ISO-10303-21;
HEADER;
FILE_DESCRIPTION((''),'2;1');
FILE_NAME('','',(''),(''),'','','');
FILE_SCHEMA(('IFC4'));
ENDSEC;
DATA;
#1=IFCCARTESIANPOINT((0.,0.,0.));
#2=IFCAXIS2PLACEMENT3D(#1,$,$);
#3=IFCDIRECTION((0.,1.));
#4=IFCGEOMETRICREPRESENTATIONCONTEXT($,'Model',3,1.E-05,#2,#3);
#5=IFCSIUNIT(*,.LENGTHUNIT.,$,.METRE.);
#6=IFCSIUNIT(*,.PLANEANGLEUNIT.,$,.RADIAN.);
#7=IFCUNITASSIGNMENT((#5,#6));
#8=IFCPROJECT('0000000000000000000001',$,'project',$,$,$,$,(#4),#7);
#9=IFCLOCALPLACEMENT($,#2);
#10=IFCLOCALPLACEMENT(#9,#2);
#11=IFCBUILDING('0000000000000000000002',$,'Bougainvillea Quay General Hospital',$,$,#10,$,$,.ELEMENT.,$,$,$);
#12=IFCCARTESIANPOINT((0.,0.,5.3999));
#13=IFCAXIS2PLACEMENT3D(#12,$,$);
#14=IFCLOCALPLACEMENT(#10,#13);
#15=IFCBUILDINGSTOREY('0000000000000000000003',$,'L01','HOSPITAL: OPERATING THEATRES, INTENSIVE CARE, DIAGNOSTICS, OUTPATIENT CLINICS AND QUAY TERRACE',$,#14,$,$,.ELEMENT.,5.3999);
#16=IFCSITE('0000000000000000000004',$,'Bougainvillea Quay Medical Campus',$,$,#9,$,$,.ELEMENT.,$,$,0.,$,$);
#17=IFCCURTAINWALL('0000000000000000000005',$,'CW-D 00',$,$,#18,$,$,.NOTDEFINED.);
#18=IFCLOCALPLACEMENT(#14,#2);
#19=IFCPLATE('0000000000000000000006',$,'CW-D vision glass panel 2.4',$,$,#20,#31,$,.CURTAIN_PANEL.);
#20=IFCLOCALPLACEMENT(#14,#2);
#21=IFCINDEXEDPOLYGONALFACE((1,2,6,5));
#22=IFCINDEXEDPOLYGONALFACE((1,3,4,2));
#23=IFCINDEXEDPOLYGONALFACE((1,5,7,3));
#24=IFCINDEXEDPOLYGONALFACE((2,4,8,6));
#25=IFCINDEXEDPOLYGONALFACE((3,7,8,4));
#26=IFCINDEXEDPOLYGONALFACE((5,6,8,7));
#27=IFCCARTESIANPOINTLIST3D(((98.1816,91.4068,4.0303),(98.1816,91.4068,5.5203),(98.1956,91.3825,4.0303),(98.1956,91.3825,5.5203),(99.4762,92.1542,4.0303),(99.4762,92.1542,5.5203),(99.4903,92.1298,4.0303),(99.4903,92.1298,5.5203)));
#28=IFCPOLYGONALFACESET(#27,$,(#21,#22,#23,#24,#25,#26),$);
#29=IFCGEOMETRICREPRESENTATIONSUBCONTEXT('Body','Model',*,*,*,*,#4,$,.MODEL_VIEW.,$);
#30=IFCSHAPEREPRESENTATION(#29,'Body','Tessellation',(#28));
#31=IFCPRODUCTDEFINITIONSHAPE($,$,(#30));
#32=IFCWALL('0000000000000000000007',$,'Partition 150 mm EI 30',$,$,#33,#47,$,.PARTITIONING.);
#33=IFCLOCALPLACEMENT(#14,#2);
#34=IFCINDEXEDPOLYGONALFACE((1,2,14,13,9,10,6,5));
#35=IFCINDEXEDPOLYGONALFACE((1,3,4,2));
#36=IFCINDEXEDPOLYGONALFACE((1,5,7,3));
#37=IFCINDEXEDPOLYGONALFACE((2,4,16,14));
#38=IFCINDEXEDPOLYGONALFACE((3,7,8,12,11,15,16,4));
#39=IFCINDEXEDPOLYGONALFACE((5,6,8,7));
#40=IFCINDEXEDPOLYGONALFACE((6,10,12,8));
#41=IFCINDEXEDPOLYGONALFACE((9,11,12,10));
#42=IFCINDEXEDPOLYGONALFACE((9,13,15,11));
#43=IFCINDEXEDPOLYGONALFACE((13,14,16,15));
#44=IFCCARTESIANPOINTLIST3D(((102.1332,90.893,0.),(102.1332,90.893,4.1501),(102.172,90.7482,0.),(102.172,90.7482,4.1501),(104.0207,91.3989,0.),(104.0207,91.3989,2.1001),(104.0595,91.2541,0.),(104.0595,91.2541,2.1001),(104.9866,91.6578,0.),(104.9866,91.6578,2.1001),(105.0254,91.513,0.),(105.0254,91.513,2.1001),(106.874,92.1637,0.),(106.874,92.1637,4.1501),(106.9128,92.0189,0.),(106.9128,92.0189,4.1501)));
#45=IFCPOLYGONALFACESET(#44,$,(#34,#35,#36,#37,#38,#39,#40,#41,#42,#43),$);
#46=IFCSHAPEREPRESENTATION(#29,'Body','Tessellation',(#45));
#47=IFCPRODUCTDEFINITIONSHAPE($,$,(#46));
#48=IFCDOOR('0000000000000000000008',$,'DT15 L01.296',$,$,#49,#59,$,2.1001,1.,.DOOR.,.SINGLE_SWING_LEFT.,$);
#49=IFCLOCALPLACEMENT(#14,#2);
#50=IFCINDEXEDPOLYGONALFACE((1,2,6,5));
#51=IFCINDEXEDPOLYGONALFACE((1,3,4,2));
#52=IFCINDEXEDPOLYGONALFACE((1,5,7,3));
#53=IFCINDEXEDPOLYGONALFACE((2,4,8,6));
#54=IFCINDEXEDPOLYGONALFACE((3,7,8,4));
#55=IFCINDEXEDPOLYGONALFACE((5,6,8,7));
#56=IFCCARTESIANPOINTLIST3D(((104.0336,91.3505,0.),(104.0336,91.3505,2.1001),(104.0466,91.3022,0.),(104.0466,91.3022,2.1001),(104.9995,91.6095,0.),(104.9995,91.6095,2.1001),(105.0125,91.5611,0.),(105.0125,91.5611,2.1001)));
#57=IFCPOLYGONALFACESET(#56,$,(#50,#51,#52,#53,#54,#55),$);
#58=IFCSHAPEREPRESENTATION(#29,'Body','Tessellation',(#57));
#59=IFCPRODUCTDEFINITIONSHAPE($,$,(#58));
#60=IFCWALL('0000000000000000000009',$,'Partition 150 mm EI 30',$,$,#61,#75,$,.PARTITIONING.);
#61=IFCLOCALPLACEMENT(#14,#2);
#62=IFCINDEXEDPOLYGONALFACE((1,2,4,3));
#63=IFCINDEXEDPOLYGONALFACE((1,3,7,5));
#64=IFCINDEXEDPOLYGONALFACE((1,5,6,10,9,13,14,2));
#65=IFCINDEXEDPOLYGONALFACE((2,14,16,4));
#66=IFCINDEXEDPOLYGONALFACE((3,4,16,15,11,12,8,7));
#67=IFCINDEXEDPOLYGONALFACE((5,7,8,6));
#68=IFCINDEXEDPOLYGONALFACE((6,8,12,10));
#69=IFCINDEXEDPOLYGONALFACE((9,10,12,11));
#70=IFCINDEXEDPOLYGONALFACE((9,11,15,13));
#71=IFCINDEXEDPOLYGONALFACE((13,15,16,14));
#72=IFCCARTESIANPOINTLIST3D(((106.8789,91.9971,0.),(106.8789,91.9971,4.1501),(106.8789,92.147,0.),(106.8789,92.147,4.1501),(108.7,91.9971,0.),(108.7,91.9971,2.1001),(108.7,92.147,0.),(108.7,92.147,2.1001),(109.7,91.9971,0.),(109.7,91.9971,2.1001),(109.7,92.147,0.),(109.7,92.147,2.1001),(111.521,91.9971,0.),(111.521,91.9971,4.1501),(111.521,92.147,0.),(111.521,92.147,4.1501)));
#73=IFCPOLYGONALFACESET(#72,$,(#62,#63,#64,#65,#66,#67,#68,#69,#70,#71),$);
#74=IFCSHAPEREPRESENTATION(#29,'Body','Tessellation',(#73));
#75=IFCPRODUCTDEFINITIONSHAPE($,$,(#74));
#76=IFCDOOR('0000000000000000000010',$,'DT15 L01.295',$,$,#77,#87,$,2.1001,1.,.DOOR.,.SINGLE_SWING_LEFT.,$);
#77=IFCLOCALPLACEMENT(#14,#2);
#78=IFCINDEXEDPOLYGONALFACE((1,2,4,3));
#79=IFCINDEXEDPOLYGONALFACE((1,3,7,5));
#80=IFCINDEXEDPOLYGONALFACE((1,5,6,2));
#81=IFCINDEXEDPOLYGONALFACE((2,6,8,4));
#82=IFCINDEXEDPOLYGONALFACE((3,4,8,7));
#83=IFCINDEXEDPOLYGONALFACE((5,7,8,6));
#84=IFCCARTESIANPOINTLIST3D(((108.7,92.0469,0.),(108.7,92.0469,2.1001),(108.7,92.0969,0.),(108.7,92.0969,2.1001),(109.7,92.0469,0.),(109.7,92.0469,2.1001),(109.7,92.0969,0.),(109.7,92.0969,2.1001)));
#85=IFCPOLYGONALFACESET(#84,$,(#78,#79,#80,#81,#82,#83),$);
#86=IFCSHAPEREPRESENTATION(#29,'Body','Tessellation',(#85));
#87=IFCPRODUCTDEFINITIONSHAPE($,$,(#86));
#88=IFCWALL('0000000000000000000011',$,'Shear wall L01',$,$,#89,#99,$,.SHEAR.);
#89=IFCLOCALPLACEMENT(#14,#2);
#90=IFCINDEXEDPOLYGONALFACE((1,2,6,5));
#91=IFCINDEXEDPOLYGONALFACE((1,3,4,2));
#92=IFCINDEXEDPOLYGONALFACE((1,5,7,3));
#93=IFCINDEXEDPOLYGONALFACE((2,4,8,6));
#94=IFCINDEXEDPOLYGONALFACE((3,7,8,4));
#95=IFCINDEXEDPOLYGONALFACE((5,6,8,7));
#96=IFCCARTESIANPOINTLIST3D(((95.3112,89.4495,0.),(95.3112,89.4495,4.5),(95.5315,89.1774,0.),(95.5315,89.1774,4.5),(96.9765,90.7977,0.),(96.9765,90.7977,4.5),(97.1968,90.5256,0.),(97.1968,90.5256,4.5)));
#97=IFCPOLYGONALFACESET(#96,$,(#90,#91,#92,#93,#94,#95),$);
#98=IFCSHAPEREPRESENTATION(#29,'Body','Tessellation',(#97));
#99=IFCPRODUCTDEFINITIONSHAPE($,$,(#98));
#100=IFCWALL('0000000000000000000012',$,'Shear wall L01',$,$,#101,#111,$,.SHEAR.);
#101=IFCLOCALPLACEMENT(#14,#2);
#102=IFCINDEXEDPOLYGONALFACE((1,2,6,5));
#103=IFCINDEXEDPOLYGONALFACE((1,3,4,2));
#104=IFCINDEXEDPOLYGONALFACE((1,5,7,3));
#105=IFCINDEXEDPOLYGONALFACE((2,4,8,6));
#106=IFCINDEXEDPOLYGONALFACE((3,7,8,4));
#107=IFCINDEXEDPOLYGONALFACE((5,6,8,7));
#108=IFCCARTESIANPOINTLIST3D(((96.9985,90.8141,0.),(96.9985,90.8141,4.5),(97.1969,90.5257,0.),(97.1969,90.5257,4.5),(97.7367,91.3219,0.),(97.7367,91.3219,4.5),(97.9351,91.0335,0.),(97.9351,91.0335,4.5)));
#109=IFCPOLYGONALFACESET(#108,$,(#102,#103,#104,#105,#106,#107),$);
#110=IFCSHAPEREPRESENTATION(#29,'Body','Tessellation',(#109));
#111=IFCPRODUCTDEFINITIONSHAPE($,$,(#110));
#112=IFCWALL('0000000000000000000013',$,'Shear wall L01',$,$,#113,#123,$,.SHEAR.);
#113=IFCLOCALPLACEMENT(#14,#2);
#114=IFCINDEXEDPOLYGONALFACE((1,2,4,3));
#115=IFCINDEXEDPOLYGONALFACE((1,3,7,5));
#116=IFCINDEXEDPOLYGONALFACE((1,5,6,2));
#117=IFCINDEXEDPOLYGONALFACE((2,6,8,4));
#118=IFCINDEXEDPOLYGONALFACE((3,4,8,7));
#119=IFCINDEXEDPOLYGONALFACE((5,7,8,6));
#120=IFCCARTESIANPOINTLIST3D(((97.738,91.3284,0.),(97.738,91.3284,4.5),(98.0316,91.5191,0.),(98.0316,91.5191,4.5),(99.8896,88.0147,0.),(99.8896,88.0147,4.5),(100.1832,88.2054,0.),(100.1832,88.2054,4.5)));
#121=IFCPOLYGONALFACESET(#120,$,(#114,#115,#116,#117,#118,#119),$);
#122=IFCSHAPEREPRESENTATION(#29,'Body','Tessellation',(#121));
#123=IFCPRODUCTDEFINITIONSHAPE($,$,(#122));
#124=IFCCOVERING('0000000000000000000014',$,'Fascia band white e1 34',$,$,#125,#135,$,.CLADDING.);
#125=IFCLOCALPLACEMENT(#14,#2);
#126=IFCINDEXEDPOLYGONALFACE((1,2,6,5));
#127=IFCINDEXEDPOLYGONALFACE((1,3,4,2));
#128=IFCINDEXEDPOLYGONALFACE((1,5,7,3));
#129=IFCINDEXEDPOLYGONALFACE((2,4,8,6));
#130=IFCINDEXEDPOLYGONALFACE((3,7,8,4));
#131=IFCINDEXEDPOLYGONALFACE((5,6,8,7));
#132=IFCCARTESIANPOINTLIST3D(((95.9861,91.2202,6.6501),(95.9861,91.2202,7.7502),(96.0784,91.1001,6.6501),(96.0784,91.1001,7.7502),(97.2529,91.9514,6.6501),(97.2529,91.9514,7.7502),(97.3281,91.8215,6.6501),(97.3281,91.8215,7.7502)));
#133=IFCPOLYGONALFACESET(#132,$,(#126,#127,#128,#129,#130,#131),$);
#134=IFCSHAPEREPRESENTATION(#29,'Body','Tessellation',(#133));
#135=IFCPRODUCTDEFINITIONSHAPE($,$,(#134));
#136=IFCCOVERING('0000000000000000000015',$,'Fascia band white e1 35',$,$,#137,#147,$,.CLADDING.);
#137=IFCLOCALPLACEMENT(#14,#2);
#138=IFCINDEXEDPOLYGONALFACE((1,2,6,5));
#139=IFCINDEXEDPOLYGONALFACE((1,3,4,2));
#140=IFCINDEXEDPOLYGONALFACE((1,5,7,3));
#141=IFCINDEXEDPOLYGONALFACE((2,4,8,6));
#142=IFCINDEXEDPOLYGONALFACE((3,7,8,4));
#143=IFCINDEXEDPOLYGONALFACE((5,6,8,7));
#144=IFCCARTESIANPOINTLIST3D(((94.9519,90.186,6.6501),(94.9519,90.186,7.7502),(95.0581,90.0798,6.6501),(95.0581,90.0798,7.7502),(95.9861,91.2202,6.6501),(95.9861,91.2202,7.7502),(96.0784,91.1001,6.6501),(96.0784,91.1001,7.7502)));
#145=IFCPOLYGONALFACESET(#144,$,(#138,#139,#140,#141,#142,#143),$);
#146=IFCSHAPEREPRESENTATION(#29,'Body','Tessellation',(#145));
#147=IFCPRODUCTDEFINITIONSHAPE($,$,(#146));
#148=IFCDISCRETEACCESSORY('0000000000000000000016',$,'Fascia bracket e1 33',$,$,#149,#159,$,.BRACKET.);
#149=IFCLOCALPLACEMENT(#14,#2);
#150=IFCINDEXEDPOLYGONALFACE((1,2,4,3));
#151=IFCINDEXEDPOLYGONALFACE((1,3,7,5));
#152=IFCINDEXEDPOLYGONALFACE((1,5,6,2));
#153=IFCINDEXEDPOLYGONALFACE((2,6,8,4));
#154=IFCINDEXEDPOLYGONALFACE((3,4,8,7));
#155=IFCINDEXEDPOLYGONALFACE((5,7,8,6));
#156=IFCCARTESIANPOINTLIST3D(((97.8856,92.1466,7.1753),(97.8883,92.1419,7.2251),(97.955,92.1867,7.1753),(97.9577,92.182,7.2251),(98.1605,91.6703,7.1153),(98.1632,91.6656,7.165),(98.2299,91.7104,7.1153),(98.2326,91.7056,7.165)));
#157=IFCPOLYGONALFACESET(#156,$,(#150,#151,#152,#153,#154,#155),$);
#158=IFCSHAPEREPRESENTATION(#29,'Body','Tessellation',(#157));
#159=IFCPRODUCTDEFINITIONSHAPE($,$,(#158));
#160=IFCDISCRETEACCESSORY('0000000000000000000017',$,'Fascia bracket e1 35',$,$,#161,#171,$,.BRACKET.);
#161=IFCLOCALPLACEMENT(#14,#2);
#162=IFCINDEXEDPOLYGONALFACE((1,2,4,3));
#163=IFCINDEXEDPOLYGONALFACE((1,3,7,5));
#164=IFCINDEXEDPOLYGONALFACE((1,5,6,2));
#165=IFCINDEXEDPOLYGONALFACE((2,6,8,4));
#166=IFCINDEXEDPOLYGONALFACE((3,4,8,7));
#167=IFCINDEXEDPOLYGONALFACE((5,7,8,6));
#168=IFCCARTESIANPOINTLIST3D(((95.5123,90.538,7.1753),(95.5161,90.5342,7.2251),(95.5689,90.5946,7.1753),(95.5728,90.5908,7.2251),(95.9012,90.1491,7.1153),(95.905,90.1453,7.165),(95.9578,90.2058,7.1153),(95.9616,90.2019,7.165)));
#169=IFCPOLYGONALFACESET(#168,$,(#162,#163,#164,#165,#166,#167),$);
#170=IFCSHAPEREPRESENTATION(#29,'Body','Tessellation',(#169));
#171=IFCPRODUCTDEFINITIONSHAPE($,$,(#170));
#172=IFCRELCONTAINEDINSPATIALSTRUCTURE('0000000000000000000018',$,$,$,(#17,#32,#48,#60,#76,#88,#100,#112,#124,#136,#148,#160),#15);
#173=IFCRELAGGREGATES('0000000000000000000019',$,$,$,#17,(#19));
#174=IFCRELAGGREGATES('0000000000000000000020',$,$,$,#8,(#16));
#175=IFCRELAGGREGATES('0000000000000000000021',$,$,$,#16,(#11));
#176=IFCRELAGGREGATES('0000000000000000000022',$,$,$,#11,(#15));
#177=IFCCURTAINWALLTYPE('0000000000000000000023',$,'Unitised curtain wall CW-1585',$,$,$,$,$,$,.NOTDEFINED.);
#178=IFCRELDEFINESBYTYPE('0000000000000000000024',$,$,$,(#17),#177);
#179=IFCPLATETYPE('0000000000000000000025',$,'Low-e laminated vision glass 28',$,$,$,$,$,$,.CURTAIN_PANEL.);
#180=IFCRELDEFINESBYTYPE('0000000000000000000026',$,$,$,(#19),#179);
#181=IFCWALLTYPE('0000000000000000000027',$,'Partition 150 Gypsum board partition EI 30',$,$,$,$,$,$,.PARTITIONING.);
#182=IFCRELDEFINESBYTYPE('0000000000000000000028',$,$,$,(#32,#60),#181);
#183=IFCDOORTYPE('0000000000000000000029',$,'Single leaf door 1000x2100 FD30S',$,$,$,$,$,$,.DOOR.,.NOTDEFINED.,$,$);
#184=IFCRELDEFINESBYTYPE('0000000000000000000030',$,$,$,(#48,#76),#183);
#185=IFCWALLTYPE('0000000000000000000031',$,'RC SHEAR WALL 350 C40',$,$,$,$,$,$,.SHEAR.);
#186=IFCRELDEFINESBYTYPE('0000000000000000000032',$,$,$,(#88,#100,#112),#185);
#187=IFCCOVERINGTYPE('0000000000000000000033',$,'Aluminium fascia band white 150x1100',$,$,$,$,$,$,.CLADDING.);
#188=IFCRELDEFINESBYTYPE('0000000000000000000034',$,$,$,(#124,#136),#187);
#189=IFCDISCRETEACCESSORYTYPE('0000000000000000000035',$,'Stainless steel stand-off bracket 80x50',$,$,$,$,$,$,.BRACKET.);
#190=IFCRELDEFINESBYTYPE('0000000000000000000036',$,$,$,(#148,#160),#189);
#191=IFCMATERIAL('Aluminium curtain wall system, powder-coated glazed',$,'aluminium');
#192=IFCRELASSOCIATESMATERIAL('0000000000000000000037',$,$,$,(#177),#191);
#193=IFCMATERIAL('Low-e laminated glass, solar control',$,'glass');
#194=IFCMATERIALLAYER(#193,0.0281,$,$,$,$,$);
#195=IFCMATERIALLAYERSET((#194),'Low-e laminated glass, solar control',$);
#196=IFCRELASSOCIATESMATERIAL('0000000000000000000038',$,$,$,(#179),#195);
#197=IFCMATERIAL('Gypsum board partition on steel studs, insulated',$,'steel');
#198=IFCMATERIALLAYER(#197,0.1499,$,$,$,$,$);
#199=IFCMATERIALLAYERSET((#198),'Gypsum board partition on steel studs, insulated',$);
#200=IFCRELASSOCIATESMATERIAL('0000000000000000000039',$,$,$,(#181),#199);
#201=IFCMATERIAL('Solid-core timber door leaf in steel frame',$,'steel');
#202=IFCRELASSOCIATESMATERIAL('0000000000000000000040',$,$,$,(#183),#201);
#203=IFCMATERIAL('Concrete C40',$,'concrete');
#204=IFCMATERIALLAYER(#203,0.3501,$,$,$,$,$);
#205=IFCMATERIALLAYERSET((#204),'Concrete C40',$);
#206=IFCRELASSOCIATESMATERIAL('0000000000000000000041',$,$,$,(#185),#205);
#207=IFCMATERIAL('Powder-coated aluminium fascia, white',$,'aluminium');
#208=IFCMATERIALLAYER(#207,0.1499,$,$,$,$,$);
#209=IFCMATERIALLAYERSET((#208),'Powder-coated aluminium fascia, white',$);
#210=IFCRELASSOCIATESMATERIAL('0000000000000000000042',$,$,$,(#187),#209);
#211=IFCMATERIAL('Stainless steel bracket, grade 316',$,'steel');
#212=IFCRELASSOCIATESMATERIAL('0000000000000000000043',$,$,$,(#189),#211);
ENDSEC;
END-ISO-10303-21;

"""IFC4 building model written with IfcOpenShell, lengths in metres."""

from ifc_helpers import new_model, si_unit, direction, frame, frame_2d, origin, origin_2d, place, context, subcontext, project, spatial, polyline, rectangle, outline, extrude, material, layer, layer_set, material_profile, profile_set, type_object, element, fill, aggregate, save


model = new_model("IFC4")

# Units and contexts
model_context = context("Model", 3, precision=1e-05, world=origin(), true_north=direction((0.0, 1.0)))
body_context = subcontext(model_context, "Body", "Model", "MODEL_VIEW")
ifc_project = project(units=[si_unit("LENGTHUNIT", "METRE"), si_unit("PLANEANGLEUNIT", "RADIAN")], contexts=[model_context])

# Site, building, storey
site_placement = place(None, origin())
site = spatial("IfcSite", under=ifc_project, at=site_placement, Name="Bougainvillea Quay Medical Campus", CompositionType="ELEMENT", RefElevation=0.0)
building_placement = place(site_placement, origin())
building = spatial("IfcBuilding", under=site, at=building_placement, Name="Bougainvillea Quay General Hospital", CompositionType="ELEMENT")
storey_placement = place(building_placement, frame((0.0, 0.0, 5.3999)))
storey = spatial("IfcBuildingStorey", under=building, at=storey_placement, Name="L01", Description="HOSPITAL: OPERATING THEATRES, INTENSIVE CARE, DIAGNOSTICS, OUTPATIENT CLINICS AND QUAY TERRACE", CompositionType="ELEMENT", Elevation=5.3999)

# Curtain wall, plate
ifc_material_1 = material(Name="Aluminium curtain wall system, powder-coated glazed", Category="aluminium")
curtain_wall_type = type_object("IfcCurtainWallType", Name="Unitised curtain wall CW-1585", PredefinedType="NOTDEFINED", material=ifc_material_1)
curtain_wall_placement = place(storey_placement, origin())
curtain_wall = element("IfcCurtainWall", 1, at=curtain_wall_placement, inside=storey, type_object=curtain_wall_type, Name="CW-D 00", PredefinedType="NOTDEFINED")
ifc_material_2 = material(Name="Low-e laminated glass, solar control", Category="glass")
ifc_layer_1 = layer(ifc_material_2, 0.0281)
ifc_layer_set_1 = layer_set([ifc_layer_1], Name="Low-e laminated glass, solar control")
plate_type_1 = type_object("IfcPlateType", Name="Low-e laminated vision glass 28", PredefinedType="CURTAIN_PANEL", material=ifc_layer_set_1)
plate_1_placement = place(storey_placement, frame((98.8359, 91.7683, 4.0303), z_axis=(0.0, 0.0, 1.0), x_axis=(-0.866046, -0.499965, 0.0)))
plate_1 = element("IfcPlate", 2, at=plate_1_placement, type_object=plate_type_1, Name="CW-D vision glass panel 2.4", PredefinedType="CURTAIN_PANEL", context=body_context, shape_type="SweptSolid", body=[
    extrude(rectangle(XDim=1.4949, YDim=0.0281, at=origin_2d()), origin(), (0.0, 0.0, 1.0), 1.49),
])
aggregate(curtain_wall, [plate_1])

# Walls, openings, doors
ifc_material_3 = material(Name="Gypsum board partition on steel studs, insulated", Category="steel")
ifc_layer_2 = layer(ifc_material_3, 0.1499)
ifc_layer_set_2 = layer_set([ifc_layer_2], Name="Gypsum board partition on steel studs, insulated")
wall_type_1 = type_object("IfcWallType", Name="Partition 150 Gypsum board partition EI 30", PredefinedType="PARTITIONING", material=ifc_layer_set_2)
wall_1_placement = place(storey_placement, frame((102.1526, 90.8206, 0.0), z_axis=(0.0, 0.0, 1.0), x_axis=(0.965901, 0.25891, 0.0)))
wall_1 = element("IfcWall", 3, at=wall_1_placement, inside=storey, type_object=wall_type_1, Name="Partition 150 mm EI 30", PredefinedType="PARTITIONING", context=body_context, shape_type="SweptSolid", body=[
    extrude(rectangle(XDim=4.9082, YDim=0.1499, at=frame_2d((2.4541, 0.0))), origin(), (0.0, 0.0, 1.0), 4.1501),
])
opening_1_placement = place(wall_1_placement, frame((1.9541, 0.0, 0.0)))
opening_1 = element("IfcOpeningElement", 4, at=opening_1_placement, cuts=wall_1, PredefinedType="OPENING", context=body_context, shape_type="SweptSolid", body=[
    extrude(rectangle(XDim=1.0, YDim=2.1001, at=frame_2d((0.5, 1.05))), frame((0.0, 0.085, 0.0), z_axis=(0.0, -1.0, 0.0), x_axis=(1.0, 0.0, 0.0)), (0.0, 0.0, 1.0), 0.1699),
])
ifc_material_4 = material(Name="Solid-core timber door leaf in steel frame", Category="steel")
door_type = type_object("IfcDoorType", Name="Single leaf door 1000x2100 FD30S", OperationType="NOTDEFINED", PredefinedType="DOOR", material=ifc_material_4)
door_1_placement = place(opening_1_placement, origin())
door_1 = element("IfcDoor", 5, at=door_1_placement, inside=storey, type_object=door_type, Name="DT15 L01.296", OperationType="SINGLE_SWING_LEFT", OverallHeight=2.1001, OverallWidth=1.0, PredefinedType="DOOR", context=body_context, shape_type="SweptSolid", body=[
    extrude(rectangle(XDim=1.0, YDim=2.1001, at=frame_2d((0.5, 1.05))), frame((0.0, 0.0249, 0.0), z_axis=(0.0, -1.0, 0.0), x_axis=(1.0, 0.0, 0.0)), (0.0, 0.0, 1.0), 0.05),
])
fill(opening_1, door_1)
wall_2_placement = place(storey_placement, frame((106.8789, 92.072, 0.0), z_axis=(0.0, 0.0, 1.0), x_axis=(1.0, 0.0, 0.0)))
wall_2 = element("IfcWall", 6, at=wall_2_placement, inside=storey, type_object=wall_type_1, Name="Partition 150 mm EI 30", PredefinedType="PARTITIONING", context=body_context, shape_type="SweptSolid", body=[
    extrude(rectangle(XDim=4.6421, YDim=0.1499, at=frame_2d((2.321, 0.0))), origin(), (0.0, 0.0, 1.0), 4.1501),
])
opening_2_placement = place(wall_2_placement, frame((1.821, 0.0, 0.0)))
opening_2 = element("IfcOpeningElement", 7, at=opening_2_placement, cuts=wall_2, PredefinedType="OPENING", context=body_context, shape_type="SweptSolid", body=[
    extrude(rectangle(XDim=1.0, YDim=2.1001, at=frame_2d((0.5, 1.05))), frame((0.0, 0.085, 0.0), z_axis=(0.0, -1.0, 0.0), x_axis=(1.0, 0.0, 0.0)), (0.0, 0.0, 1.0), 0.1699),
])
door_2_placement = place(opening_2_placement, origin())
door_2 = element("IfcDoor", 8, at=door_2_placement, inside=storey, type_object=door_type, Name="DT15 L01.295", OperationType="SINGLE_SWING_LEFT", OverallHeight=2.1001, OverallWidth=1.0, PredefinedType="DOOR", context=body_context, shape_type="SweptSolid", body=[
    extrude(rectangle(XDim=1.0, YDim=2.1001, at=frame_2d((0.5, 1.05))), frame((0.0, 0.0249, 0.0), z_axis=(0.0, -1.0, 0.0), x_axis=(1.0, 0.0, 0.0)), (0.0, 0.0, 1.0), 0.05),
])
fill(opening_2, door_2)

# Walls
ifc_material_5 = material(Name="Concrete C40", Category="concrete")
ifc_layer_3 = layer(ifc_material_5, 0.3501)
ifc_layer_set_3 = layer_set([ifc_layer_3], Name="Concrete C40")
wall_type_2 = type_object("IfcWallType", Name="RC SHEAR WALL 350 C40", PredefinedType="SHEAR", material=ifc_layer_set_3)
wall_3_placement = place(storey_placement, frame((97.0867, 90.6616, 0.0), z_axis=(0.0, 0.0, 1.0), x_axis=(-0.777232, -0.629215, 0.0)))
element("IfcWall", 9, at=wall_3_placement, inside=storey, type_object=wall_type_2, Name="Shear wall L01", PredefinedType="SHEAR", context=body_context, shape_type="SweptSolid", body=[
    extrude(rectangle(XDim=2.1426, YDim=0.3501, at=frame_2d((1.0713, 0.0))), origin(), (0.0, 0.0, 1.0), 4.5),
])
wall_4_placement = place(storey_placement, frame((97.0977, 90.6699, 0.0), z_axis=(0.0, 0.0, 1.0), x_axis=(0.823915, 0.566714, 0.0)))
element("IfcWall", 10, at=wall_4_placement, inside=storey, type_object=wall_type_2, Name="Shear wall L01", PredefinedType="SHEAR", context=body_context, shape_type="SweptSolid", body=[
    extrude(rectangle(XDim=0.896, YDim=0.3501, at=frame_2d((0.448, 0.0))), origin(), (0.0, 0.0, 1.0), 4.5),
])
wall_5_placement = place(storey_placement, frame((97.8848, 91.4238, 0.0), z_axis=(0.0, 0.0, 1.0), x_axis=(0.544578, -0.83871, 0.0)))
element("IfcWall", 11, at=wall_5_placement, inside=storey, type_object=wall_type_2, Name="Shear wall L01", PredefinedType="SHEAR", context=body_context, shape_type="SweptSolid", body=[
    extrude(rectangle(XDim=3.9509, YDim=0.3501, at=frame_2d((1.9756, 0.0))), origin(), (0.0, 0.0, 1.0), 4.5),
])

# Coverings
ifc_material_6 = material(Name="Powder-coated aluminium fascia, white", Category="aluminium")
ifc_layer_4 = layer(ifc_material_6, 0.1499)
ifc_layer_set_4 = layer_set([ifc_layer_4], Name="Powder-coated aluminium fascia, white")
covering_type = type_object("IfcCoveringType", Name="Aluminium fascia band white 150x1100", PredefinedType="CLADDING", material=ifc_layer_set_4)
covering_1_placement = place(storey_placement, frame((97.3281, 91.8215, 6.6501), z_axis=(0.0, 0.0, 1.0), x_axis=(-0.866059, -0.499942, 0.0)))
element("IfcCovering", 12, at=covering_1_placement, inside=storey, type_object=covering_type, Name="Fascia band white e1 34", PredefinedType="CLADDING", context=body_context, shape_type="SweptSolid", body=[
    extrude(outline(polyline([(0.0, 0.0), (1.443, 0.0), (1.4629, -0.1502), (0.0002, -0.1501), (0.0, 0.0)])), origin(), (0.0, 0.0, 1.0), 1.1001),
])
covering_2_placement = place(storey_placement, frame((96.0784, 91.1001, 6.6501), z_axis=(0.0, 0.0, 1.0), x_axis=(-0.707107, -0.707107, 0.0)))
element("IfcCovering", 13, at=covering_2_placement, inside=storey, type_object=covering_type, Name="Fascia band white e1 35", PredefinedType="CLADDING", context=body_context, shape_type="SweptSolid", body=[
    extrude(outline(polyline([(0.0, 0.0), (1.4429, 0.0), (1.4429, -0.1502), (-0.0197, -0.1502), (0.0, 0.0)])), origin(), (0.0, 0.0, 1.0), 1.1001),
])

# Discrete accessories
ifc_material_7 = material(Name="Stainless steel bracket, grade 316", Category="steel")
ifc_material_profile_1 = material_profile(ifc_material_7, rectangle(XDim=0.0801, YDim=0.05, at=origin_2d()))
ifc_profile_set_1 = profile_set([ifc_material_profile_1], Name="Stainless steel bracket, grade 316")
discrete_accessory_type = type_object("IfcDiscreteAccessoryType", Name="Stainless steel stand-off bracket 80x50", PredefinedType="BRACKET", material=ifc_profile_set_1)
for number, where, z_axis, x_axis, name in (
    (14, (98.1965, 91.688, 7.1401), (-0.496909, 0.860985, 0.108561), (-0.866104, -0.499863, 0.0), "Fascia bracket e1 33"),
    (15, (95.9314, 90.1755, 7.1401), (-0.702928, 0.702928, 0.10855), (-0.707107, -0.707107, 0.0), "Fascia bracket e1 35"),
):
    element("IfcDiscreteAccessory", number, at=place(storey_placement, frame(where, z_axis=z_axis, x_axis=x_axis)), inside=storey, type_object=discrete_accessory_type, Name=name, PredefinedType="BRACKET", context=body_context, shape_type="SweptSolid", body=[
        extrude(rectangle(XDim=0.0801, YDim=0.05, at=origin_2d()), origin(), (0.0, 0.0, 1.0), 0.5532),
    ])

save(model, "model.ifc")
